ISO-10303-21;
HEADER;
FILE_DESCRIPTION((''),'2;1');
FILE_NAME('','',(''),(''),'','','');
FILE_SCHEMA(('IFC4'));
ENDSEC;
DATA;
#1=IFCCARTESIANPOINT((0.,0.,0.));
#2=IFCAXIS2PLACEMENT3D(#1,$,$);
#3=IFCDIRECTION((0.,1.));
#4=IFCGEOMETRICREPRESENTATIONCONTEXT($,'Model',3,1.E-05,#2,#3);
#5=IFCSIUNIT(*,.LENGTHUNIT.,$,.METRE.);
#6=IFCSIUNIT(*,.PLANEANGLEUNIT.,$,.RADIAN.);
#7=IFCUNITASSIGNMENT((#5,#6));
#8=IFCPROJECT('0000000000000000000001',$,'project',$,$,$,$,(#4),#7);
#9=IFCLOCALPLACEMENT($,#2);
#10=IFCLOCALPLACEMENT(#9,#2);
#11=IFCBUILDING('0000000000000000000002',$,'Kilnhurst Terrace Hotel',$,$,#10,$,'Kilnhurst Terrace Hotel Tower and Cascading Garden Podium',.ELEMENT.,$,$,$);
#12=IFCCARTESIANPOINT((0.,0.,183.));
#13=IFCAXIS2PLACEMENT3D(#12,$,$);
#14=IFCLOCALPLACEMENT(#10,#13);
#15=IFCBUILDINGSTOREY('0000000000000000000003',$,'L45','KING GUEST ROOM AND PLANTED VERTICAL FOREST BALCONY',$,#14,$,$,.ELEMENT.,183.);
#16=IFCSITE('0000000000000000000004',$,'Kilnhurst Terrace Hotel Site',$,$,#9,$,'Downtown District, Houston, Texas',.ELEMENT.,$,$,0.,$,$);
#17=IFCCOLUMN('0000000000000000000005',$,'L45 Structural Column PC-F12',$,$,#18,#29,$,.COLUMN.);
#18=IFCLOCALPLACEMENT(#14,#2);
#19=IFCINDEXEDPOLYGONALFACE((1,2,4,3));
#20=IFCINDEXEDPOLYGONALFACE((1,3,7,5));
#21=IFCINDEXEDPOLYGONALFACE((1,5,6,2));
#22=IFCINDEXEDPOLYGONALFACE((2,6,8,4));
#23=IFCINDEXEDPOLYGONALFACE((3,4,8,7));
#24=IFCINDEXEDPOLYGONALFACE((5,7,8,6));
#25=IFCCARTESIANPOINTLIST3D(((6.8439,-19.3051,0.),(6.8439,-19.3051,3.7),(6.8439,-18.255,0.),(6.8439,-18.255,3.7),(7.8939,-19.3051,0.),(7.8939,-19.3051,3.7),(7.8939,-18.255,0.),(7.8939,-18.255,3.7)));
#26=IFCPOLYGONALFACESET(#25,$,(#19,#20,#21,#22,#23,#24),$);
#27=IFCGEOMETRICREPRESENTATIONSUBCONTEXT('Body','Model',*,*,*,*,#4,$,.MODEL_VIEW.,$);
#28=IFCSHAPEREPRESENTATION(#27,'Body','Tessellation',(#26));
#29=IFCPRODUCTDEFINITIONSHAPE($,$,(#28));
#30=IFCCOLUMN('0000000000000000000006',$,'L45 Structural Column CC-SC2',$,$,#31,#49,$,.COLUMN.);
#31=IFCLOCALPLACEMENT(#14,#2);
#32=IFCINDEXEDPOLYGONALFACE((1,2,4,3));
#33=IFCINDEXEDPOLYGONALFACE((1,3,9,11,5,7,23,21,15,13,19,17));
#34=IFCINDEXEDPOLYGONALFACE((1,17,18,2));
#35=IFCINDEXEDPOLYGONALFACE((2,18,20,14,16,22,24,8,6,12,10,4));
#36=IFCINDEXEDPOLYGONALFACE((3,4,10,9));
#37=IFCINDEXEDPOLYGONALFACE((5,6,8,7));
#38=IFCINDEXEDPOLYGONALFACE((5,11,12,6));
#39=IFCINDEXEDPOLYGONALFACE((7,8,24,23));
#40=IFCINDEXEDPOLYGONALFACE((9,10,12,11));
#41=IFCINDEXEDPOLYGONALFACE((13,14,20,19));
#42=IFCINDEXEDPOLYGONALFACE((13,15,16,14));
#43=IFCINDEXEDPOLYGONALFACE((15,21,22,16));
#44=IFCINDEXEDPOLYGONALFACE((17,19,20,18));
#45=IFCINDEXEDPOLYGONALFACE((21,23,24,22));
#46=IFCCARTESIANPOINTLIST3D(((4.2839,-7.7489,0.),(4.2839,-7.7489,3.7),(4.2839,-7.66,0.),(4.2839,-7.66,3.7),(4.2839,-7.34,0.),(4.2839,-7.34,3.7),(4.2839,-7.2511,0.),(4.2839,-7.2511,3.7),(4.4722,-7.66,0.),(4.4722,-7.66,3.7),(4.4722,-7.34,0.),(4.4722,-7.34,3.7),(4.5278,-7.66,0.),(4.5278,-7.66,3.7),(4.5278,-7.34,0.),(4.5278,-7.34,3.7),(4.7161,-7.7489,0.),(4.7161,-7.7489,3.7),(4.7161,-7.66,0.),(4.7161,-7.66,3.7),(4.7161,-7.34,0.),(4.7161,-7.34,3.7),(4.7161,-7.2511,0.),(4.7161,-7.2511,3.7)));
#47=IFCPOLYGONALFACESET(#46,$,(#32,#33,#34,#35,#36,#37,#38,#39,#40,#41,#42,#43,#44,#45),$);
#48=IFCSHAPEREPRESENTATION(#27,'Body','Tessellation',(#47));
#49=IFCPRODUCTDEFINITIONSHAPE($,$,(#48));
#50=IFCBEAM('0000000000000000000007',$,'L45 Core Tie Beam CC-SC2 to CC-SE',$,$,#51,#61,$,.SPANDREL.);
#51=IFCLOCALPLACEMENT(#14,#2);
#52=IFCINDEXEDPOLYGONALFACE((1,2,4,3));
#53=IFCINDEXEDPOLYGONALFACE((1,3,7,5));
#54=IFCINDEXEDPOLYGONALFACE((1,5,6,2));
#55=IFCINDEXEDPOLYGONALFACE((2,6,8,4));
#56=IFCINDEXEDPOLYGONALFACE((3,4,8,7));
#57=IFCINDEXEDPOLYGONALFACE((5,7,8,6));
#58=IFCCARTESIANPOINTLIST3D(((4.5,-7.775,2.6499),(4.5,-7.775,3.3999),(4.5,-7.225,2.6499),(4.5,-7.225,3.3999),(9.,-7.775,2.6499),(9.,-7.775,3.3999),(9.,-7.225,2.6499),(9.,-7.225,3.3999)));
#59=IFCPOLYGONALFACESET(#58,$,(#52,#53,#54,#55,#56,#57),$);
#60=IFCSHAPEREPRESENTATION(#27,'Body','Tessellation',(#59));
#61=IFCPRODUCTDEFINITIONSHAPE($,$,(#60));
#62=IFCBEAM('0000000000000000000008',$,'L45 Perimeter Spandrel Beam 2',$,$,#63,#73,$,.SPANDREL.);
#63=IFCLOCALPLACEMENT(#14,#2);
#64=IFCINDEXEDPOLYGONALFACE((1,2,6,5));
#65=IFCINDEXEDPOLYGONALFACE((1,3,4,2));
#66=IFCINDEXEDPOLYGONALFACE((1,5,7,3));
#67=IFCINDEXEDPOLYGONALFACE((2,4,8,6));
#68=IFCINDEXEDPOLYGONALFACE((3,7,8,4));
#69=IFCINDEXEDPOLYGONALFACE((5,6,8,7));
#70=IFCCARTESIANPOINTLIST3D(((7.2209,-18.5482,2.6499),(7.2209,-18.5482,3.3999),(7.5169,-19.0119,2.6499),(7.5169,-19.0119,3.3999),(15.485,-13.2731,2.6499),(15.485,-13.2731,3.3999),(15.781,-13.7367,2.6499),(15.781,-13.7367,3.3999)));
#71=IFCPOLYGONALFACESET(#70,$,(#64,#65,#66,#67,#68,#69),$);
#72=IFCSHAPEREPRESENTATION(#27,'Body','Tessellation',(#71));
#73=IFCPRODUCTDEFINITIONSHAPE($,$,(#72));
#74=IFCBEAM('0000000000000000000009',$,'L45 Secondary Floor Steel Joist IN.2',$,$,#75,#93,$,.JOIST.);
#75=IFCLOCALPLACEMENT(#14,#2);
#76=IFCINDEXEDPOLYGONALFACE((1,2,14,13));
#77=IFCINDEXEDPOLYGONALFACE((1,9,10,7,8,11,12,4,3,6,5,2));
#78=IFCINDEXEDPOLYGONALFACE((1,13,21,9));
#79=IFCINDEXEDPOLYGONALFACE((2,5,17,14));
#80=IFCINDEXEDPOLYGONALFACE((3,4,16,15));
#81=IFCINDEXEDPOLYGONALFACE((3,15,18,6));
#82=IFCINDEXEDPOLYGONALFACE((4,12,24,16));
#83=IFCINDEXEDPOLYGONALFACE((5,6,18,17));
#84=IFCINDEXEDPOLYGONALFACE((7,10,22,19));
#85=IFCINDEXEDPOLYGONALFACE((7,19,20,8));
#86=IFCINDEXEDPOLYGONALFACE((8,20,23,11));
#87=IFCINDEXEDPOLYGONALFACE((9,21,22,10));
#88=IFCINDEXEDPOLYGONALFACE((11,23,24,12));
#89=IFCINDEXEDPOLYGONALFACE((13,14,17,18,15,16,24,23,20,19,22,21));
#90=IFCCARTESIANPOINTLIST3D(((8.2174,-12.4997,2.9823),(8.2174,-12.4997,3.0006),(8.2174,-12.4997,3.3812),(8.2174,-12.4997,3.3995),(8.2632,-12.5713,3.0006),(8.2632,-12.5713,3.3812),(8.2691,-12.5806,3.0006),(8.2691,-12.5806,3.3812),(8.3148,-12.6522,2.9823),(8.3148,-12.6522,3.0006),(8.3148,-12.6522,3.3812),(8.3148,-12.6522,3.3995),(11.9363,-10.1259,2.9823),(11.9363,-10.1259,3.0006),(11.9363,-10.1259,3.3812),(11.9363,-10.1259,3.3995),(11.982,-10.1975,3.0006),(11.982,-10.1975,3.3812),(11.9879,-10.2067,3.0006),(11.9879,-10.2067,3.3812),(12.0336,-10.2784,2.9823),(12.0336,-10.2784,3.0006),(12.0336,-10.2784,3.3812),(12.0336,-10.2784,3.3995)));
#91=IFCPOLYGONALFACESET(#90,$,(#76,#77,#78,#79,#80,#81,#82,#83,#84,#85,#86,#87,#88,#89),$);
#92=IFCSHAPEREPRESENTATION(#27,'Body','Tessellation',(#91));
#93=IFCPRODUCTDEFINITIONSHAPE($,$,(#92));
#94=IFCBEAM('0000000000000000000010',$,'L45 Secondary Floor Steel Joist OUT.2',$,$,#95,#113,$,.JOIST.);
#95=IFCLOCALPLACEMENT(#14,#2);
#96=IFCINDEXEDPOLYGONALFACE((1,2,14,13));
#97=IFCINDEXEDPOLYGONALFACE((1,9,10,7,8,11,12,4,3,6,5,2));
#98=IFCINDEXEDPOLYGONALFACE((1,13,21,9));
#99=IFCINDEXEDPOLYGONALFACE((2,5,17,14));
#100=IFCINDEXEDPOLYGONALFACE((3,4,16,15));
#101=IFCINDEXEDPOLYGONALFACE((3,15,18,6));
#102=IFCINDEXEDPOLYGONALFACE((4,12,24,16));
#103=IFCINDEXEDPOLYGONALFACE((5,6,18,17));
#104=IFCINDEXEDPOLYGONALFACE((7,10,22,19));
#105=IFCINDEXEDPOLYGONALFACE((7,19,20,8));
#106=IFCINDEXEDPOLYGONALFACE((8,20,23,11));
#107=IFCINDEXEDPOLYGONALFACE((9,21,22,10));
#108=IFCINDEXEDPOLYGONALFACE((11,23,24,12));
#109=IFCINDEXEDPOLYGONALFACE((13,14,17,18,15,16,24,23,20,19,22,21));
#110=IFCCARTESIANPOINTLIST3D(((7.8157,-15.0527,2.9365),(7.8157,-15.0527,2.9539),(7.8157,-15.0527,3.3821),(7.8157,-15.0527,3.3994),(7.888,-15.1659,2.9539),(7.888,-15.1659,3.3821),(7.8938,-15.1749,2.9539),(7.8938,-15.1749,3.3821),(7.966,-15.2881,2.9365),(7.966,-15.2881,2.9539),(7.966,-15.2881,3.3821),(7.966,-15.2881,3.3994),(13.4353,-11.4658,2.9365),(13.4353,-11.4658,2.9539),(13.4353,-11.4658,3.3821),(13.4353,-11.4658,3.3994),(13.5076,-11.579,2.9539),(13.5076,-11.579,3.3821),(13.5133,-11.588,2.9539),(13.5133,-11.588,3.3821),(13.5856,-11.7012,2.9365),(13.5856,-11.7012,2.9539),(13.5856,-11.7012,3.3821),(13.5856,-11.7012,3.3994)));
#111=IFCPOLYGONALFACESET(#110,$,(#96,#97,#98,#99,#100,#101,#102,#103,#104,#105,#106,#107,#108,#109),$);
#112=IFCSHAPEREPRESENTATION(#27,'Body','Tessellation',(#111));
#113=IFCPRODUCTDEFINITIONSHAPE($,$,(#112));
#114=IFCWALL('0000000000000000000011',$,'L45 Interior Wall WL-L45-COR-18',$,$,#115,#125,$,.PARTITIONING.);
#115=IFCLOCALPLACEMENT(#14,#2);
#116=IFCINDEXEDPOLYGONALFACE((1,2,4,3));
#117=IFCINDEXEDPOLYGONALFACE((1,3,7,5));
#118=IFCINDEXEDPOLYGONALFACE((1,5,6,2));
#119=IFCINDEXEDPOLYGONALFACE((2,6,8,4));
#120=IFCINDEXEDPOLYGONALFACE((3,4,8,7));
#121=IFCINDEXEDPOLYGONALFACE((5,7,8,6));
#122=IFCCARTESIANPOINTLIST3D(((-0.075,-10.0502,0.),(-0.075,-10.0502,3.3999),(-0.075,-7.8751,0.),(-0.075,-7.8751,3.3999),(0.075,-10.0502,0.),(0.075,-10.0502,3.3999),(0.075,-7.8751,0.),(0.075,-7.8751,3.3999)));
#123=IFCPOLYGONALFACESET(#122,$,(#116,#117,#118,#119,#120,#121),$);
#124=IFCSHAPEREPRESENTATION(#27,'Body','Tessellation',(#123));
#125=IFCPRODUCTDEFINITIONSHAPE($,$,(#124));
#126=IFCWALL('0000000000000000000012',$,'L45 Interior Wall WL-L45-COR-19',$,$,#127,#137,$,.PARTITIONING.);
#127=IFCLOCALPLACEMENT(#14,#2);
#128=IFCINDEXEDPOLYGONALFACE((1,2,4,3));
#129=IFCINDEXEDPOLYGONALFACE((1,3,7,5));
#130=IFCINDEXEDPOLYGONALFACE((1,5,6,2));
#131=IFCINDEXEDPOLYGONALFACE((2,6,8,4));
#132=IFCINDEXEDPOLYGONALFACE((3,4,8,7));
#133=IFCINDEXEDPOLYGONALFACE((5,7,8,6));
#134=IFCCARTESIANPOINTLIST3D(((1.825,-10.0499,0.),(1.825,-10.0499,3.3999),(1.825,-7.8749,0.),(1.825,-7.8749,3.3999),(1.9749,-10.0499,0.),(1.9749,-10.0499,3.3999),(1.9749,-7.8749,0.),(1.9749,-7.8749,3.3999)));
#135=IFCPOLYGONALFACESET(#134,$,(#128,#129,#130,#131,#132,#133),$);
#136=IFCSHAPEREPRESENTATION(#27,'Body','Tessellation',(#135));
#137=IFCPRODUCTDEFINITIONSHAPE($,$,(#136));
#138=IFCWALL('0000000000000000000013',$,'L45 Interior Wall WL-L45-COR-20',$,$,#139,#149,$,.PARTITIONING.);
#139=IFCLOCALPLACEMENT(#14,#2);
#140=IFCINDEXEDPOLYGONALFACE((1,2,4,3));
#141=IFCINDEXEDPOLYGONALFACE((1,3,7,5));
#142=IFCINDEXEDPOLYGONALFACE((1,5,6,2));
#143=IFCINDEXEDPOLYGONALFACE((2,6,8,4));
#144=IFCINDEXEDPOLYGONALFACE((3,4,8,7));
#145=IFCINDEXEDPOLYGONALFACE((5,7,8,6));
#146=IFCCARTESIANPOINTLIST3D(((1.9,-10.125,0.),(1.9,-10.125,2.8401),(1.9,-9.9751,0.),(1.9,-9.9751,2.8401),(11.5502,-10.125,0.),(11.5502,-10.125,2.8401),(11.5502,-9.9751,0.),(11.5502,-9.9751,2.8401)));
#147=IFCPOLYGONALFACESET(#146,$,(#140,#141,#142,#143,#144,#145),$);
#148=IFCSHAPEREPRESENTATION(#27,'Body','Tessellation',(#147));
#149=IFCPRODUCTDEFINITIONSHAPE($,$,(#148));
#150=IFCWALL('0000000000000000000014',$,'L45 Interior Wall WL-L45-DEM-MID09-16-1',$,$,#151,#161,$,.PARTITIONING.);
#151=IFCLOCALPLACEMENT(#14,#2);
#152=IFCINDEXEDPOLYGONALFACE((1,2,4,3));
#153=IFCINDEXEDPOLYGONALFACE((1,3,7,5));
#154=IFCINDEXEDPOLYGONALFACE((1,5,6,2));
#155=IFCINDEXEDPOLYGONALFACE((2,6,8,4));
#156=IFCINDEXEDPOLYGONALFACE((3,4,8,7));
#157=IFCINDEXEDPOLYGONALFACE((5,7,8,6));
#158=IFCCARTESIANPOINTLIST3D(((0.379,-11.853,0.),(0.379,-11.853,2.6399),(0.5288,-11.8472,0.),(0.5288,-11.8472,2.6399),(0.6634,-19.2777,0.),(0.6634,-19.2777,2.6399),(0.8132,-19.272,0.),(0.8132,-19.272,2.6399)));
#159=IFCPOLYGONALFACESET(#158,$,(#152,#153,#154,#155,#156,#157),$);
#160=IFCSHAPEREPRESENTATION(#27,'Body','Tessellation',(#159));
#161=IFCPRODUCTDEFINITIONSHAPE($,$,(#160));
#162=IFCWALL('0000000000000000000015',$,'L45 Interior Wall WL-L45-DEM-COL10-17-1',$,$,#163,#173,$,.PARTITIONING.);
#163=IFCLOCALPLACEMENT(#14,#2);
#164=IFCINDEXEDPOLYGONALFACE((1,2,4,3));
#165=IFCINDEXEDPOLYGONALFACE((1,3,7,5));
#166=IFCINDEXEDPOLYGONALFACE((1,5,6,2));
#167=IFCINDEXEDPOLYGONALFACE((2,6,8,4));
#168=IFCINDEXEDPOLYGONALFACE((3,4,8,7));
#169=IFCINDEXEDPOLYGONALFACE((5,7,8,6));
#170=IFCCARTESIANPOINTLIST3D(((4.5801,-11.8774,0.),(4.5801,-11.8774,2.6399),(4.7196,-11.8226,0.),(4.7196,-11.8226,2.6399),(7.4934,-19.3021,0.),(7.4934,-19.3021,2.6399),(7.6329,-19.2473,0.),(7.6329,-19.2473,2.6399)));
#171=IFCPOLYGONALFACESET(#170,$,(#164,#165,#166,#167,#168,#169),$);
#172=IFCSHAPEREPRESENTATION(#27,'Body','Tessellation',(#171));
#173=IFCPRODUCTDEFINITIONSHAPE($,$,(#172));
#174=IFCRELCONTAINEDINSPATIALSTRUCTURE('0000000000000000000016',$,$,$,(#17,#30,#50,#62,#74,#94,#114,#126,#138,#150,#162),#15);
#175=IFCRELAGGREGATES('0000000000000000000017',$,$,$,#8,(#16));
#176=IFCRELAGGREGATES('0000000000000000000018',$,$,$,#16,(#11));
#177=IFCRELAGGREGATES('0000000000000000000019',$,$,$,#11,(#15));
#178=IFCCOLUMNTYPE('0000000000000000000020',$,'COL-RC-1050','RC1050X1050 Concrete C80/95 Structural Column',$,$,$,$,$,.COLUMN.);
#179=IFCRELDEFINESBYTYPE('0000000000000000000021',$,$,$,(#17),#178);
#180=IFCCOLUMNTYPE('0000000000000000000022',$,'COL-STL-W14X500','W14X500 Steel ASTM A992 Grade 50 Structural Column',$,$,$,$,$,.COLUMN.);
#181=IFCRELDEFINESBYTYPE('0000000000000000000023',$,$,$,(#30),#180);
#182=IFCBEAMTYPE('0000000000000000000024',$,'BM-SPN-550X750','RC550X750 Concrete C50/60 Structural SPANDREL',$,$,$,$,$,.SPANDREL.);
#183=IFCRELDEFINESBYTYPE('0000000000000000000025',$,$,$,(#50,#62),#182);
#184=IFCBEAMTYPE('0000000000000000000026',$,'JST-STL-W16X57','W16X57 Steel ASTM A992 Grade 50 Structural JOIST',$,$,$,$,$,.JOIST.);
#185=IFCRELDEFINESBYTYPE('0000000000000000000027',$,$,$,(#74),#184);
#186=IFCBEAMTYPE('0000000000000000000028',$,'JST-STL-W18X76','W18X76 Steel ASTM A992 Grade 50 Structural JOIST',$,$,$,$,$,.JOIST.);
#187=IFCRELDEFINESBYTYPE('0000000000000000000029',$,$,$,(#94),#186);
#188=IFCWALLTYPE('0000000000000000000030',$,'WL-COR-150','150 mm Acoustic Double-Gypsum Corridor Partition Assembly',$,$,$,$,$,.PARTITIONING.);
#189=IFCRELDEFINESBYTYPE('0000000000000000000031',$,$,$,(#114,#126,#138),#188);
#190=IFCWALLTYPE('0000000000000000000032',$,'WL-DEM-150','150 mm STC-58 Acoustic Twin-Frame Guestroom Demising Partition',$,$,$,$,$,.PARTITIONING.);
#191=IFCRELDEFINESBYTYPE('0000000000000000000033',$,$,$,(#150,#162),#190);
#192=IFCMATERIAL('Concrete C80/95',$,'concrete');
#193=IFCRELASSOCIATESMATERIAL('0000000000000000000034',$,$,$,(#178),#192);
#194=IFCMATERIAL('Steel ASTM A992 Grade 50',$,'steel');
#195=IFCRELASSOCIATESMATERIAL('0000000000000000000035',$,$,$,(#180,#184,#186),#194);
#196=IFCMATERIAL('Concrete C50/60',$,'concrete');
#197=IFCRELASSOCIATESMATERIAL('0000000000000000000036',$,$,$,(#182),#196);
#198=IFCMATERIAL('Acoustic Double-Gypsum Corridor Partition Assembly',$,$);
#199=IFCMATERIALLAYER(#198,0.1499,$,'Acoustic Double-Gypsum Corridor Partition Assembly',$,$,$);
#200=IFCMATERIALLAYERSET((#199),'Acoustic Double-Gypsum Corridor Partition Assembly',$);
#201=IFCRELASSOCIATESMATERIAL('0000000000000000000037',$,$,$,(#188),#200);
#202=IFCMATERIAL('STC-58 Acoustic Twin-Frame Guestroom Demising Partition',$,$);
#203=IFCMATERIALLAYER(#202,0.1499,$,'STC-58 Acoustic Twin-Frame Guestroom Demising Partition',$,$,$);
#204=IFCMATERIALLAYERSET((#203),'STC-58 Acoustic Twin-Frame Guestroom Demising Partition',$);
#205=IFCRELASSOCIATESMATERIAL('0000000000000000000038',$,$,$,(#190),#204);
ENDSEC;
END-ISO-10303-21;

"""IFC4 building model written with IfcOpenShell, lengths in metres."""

from ifc_helpers import new_model, si_unit, direction, frame, frame_2d, origin, origin_2d, place, context, subcontext, project, spatial, rectangle, i_section, extrude, material, layer, layer_set, material_profile, profile_set, type_object, element, save


model = new_model("IFC4")

# Units and contexts
model_context = context("Model", 3, precision=1e-05, world=origin(), true_north=direction((0.0, 1.0)))
body_context = subcontext(model_context, "Body", "Model", "MODEL_VIEW")
ifc_project = project(units=[si_unit("LENGTHUNIT", "METRE"), si_unit("PLANEANGLEUNIT", "RADIAN")], contexts=[model_context])

# Site, building, storey
site_placement = place(None, origin())
site = spatial("IfcSite", under=ifc_project, at=site_placement, Name="Kilnhurst Terrace Hotel Site", LongName="Downtown District, Houston, Texas", CompositionType="ELEMENT", RefElevation=0.0)
building_placement = place(site_placement, origin())
building = spatial("IfcBuilding", under=site, at=building_placement, Name="Kilnhurst Terrace Hotel", LongName="Kilnhurst Terrace Hotel Tower and Cascading Garden Podium", CompositionType="ELEMENT")
storey_placement = place(building_placement, frame((0.0, 0.0, 183.0)))
storey = spatial("IfcBuildingStorey", under=building, at=storey_placement, Name="L45", Description="KING GUEST ROOM AND PLANTED VERTICAL FOREST BALCONY", CompositionType="ELEMENT", Elevation=183.0)

# Columns
ifc_material_1 = material(Name="Concrete C80/95", Category="concrete")
ifc_material_profile_1 = material_profile(ifc_material_1, rectangle(XDim=1.05, YDim=1.05, at=origin_2d()), Name="RC1050X1050")
ifc_profile_set_1 = profile_set([ifc_material_profile_1], Name="Concrete C80/95")
column_type_1 = type_object("IfcColumnType", Name="COL-RC-1050", Description="RC1050X1050 Concrete C80/95 Structural Column", PredefinedType="COLUMN", material=ifc_profile_set_1)
column_1_placement = place(storey_placement, frame((7.3689, -18.78, 0.0), z_axis=(0.0, 0.0, 1.0), x_axis=(1.0, 0.0, 0.0)))
element("IfcColumn", 1, at=column_1_placement, inside=storey, type_object=column_type_1, Name="L45 Structural Column PC-F12", PredefinedType="COLUMN", context=body_context, shape_type="SweptSolid", body=[
    extrude(rectangle(XDim=1.05, YDim=1.05, at=origin_2d()), origin(), (0.0, 0.0, 1.0), 3.7),
])
ifc_material_2 = material(Name="Steel ASTM A992 Grade 50", Category="steel")
ifc_material_profile_2 = material_profile(ifc_material_2, i_section(OverallWidth=0.4321, OverallDepth=0.4978, WebThickness=0.0557, FlangeThickness=0.0889, at=origin_2d()), Name="W14X500")
ifc_profile_set_2 = profile_set([ifc_material_profile_2], Name="Steel ASTM A992 Grade 50")
column_type_2 = type_object("IfcColumnType", Name="COL-STL-W14X500", Description="W14X500 Steel ASTM A992 Grade 50 Structural Column", PredefinedType="COLUMN", material=ifc_profile_set_2)
column_2_placement = place(storey_placement, frame((4.5, -7.5, 0.0), z_axis=(0.0, 0.0, 1.0), x_axis=(1.0, 0.0, 0.0)))
element("IfcColumn", 2, at=column_2_placement, inside=storey, type_object=column_type_2, Name="L45 Structural Column CC-SC2", PredefinedType="COLUMN", context=body_context, shape_type="SweptSolid", body=[
    extrude(i_section(OverallWidth=0.4321, OverallDepth=0.4978, WebThickness=0.0557, FlangeThickness=0.0889, at=origin_2d()), origin(), (0.0, 0.0, 1.0), 3.7),
])

# Beams
ifc_material_3 = material(Name="Concrete C50/60", Category="concrete")
ifc_material_profile_3 = material_profile(ifc_material_3, rectangle(XDim=0.55, YDim=0.75, at=origin_2d()), Name="RC550X750")
ifc_profile_set_3 = profile_set([ifc_material_profile_3], Name="Concrete C50/60")
beam_type_1 = type_object("IfcBeamType", Name="BM-SPN-550X750", Description="RC550X750 Concrete C50/60 Structural SPANDREL", PredefinedType="SPANDREL", material=ifc_profile_set_3)
beam_1_placement = place(storey_placement, frame((4.5, -7.5, 3.0249), z_axis=(1.0, 0.0, 0.0), x_axis=(0.0, 1.0, 0.0)))
element("IfcBeam", 3, at=beam_1_placement, inside=storey, type_object=beam_type_1, Name="L45 Core Tie Beam CC-SC2 to CC-SE", PredefinedType="SPANDREL", context=body_context, shape_type="SweptSolid", body=[
    extrude(rectangle(XDim=0.55, YDim=0.75, at=origin_2d()), origin(), (0.0, 0.0, 1.0), 4.5),
])
beam_2_placement = place(storey_placement, frame((7.3689, -18.78, 3.0249), z_axis=(0.842915, 0.538046, 0.0), x_axis=(-0.538046, 0.842915, 0.0)))
element("IfcBeam", 4, at=beam_2_placement, inside=storey, type_object=beam_type_1, Name="L45 Perimeter Spandrel Beam 2", PredefinedType="SPANDREL", context=body_context, shape_type="SweptSolid", body=[
    extrude(rectangle(XDim=0.55, YDim=0.75, at=origin_2d()), origin(), (0.0, 0.0, 1.0), 9.8042),
])
ifc_material_profile_4 = material_profile(ifc_material_2, i_section(OverallWidth=0.1809, OverallDepth=0.4172, WebThickness=0.011, FlangeThickness=0.0183, at=origin_2d()), Name="W16X57")
ifc_profile_set_4 = profile_set([ifc_material_profile_4], Name="Steel ASTM A992 Grade 50")
beam_type_2 = type_object("IfcBeamType", Name="JST-STL-W16X57", Description="W16X57 Steel ASTM A992 Grade 50 Structural JOIST", PredefinedType="JOIST", material=ifc_profile_set_4)
beam_3_placement = place(storey_placement, frame((8.2661, -12.5759, 3.1909), z_axis=(0.842911, 0.538053, 0.0), x_axis=(-0.538053, 0.842911, 0.0)))
element("IfcBeam", 5, at=beam_3_placement, inside=storey, type_object=beam_type_2, Name="L45 Secondary Floor Steel Joist IN.2", PredefinedType="JOIST", context=body_context, shape_type="SweptSolid", body=[
    extrude(i_section(OverallWidth=0.1809, OverallDepth=0.4172, WebThickness=0.011, FlangeThickness=0.0183, at=origin_2d()), origin(), (0.0, 0.0, 1.0), 4.4119),
])
ifc_material_profile_5 = material_profile(ifc_material_2, i_section(OverallWidth=0.2793, OverallDepth=0.4629, WebThickness=0.0107, FlangeThickness=0.0173, at=origin_2d()), Name="W18X76")
ifc_profile_set_5 = profile_set([ifc_material_profile_5], Name="Steel ASTM A992 Grade 50")
beam_type_3 = type_object("IfcBeamType", Name="JST-STL-W18X76", Description="W18X76 Steel ASTM A992 Grade 50 Structural JOIST", PredefinedType="JOIST", material=ifc_profile_set_5)
beam_4_placement = place(storey_placement, frame((7.8909, -15.1704, 3.168), z_axis=(0.842928, 0.538027, 0.0), x_axis=(-0.538027, 0.842928, 0.0)))
element("IfcBeam", 6, at=beam_4_placement, inside=storey, type_object=beam_type_3, Name="L45 Secondary Floor Steel Joist OUT.2", PredefinedType="JOIST", context=body_context, shape_type="SweptSolid", body=[
    extrude(i_section(OverallWidth=0.2793, OverallDepth=0.4629, WebThickness=0.0107, FlangeThickness=0.0173, at=origin_2d()), origin(), (0.0, 0.0, 1.0), 6.6667),
])

# Walls
ifc_material_4 = material(Name="Acoustic Double-Gypsum Corridor Partition Assembly")
ifc_layer_1 = layer(ifc_material_4, 0.1499, Name="Acoustic Double-Gypsum Corridor Partition Assembly")
ifc_layer_set_1 = layer_set([ifc_layer_1], Name="Acoustic Double-Gypsum Corridor Partition Assembly")
wall_type_1 = type_object("IfcWallType", Name="WL-COR-150", Description="150 mm Acoustic Double-Gypsum Corridor Partition Assembly", PredefinedType="PARTITIONING", material=ifc_layer_set_1)
for number, where, z_axis, x_axis, name in (
    (7, (0.0, -10.05, 0.0), (0.0, 0.0, 1.0), (0.0, 1.0, 0.0), "L45 Interior Wall WL-L45-COR-18"),
    (8, (1.8999, -7.875, 0.0), (0.0, 0.0, 1.0), (0.0, -1.0, 0.0), "L45 Interior Wall WL-L45-COR-19"),
):
    element("IfcWall", number, at=place(storey_placement, frame(where, z_axis=z_axis, x_axis=x_axis)), inside=storey, type_object=wall_type_1, Name=name, PredefinedType="PARTITIONING", context=body_context, shape_type="SweptSolid", body=[
        extrude(rectangle(XDim=2.175, YDim=0.1499, at=frame_2d((1.0874, 0.0))), origin(), (0.0, 0.0, 1.0), 3.3999),
    ])
wall_1_placement = place(storey_placement, frame((1.8999, -10.05, 0.0), z_axis=(0.0, 0.0, 1.0), x_axis=(1.0, 0.0, 0.0)))
element("IfcWall", 9, at=wall_1_placement, inside=storey, type_object=wall_type_1, Name="L45 Interior Wall WL-L45-COR-20", PredefinedType="PARTITIONING", context=body_context, shape_type="SweptSolid", body=[
    extrude(rectangle(XDim=9.6501, YDim=0.1499, at=frame_2d((4.8252, 0.0))), origin(), (0.0, 0.0, 1.0), 2.8401),
])
ifc_material_5 = material(Name="STC-58 Acoustic Twin-Frame Guestroom Demising Partition")
ifc_layer_2 = layer(ifc_material_5, 0.1499, Name="STC-58 Acoustic Twin-Frame Guestroom Demising Partition")
ifc_layer_set_2 = layer_set([ifc_layer_2], Name="STC-58 Acoustic Twin-Frame Guestroom Demising Partition")
wall_type_2 = type_object("IfcWallType", Name="WL-DEM-150", Description="150 mm STC-58 Acoustic Twin-Frame Guestroom Demising Partition", PredefinedType="PARTITIONING", material=ifc_layer_set_2)
wall_2_placement = place(storey_placement, frame((0.4539, -11.8501, 0.0), z_axis=(0.0, 0.0, 1.0), x_axis=(0.038279, -0.999267, 0.0)))
element("IfcWall", 10, at=wall_2_placement, inside=storey, type_object=wall_type_2, Name="L45 Interior Wall WL-L45-DEM-MID09-16-1", PredefinedType="PARTITIONING", context=body_context, shape_type="SweptSolid", body=[
    extrude(rectangle(XDim=7.4302, YDim=0.1499, at=frame_2d((3.7151, 0.0))), origin(), (0.0, 0.0, 1.0), 2.6399),
])
wall_3_placement = place(storey_placement, frame((4.6499, -11.8501, 0.0), z_axis=(0.0, 0.0, 1.0), x_axis=(0.365266, -0.930903, 0.0)))
element("IfcWall", 11, at=wall_3_placement, inside=storey, type_object=wall_type_2, Name="L45 Interior Wall WL-L45-DEM-COL10-17-1", PredefinedType="PARTITIONING", context=body_context, shape_type="SweptSolid", body=[
    extrude(rectangle(XDim=7.9758, YDim=0.1499, at=frame_2d((3.9878, 0.0))), origin(), (0.0, 0.0, 1.0), 2.6399),
])

save(model, "model.ifc")
